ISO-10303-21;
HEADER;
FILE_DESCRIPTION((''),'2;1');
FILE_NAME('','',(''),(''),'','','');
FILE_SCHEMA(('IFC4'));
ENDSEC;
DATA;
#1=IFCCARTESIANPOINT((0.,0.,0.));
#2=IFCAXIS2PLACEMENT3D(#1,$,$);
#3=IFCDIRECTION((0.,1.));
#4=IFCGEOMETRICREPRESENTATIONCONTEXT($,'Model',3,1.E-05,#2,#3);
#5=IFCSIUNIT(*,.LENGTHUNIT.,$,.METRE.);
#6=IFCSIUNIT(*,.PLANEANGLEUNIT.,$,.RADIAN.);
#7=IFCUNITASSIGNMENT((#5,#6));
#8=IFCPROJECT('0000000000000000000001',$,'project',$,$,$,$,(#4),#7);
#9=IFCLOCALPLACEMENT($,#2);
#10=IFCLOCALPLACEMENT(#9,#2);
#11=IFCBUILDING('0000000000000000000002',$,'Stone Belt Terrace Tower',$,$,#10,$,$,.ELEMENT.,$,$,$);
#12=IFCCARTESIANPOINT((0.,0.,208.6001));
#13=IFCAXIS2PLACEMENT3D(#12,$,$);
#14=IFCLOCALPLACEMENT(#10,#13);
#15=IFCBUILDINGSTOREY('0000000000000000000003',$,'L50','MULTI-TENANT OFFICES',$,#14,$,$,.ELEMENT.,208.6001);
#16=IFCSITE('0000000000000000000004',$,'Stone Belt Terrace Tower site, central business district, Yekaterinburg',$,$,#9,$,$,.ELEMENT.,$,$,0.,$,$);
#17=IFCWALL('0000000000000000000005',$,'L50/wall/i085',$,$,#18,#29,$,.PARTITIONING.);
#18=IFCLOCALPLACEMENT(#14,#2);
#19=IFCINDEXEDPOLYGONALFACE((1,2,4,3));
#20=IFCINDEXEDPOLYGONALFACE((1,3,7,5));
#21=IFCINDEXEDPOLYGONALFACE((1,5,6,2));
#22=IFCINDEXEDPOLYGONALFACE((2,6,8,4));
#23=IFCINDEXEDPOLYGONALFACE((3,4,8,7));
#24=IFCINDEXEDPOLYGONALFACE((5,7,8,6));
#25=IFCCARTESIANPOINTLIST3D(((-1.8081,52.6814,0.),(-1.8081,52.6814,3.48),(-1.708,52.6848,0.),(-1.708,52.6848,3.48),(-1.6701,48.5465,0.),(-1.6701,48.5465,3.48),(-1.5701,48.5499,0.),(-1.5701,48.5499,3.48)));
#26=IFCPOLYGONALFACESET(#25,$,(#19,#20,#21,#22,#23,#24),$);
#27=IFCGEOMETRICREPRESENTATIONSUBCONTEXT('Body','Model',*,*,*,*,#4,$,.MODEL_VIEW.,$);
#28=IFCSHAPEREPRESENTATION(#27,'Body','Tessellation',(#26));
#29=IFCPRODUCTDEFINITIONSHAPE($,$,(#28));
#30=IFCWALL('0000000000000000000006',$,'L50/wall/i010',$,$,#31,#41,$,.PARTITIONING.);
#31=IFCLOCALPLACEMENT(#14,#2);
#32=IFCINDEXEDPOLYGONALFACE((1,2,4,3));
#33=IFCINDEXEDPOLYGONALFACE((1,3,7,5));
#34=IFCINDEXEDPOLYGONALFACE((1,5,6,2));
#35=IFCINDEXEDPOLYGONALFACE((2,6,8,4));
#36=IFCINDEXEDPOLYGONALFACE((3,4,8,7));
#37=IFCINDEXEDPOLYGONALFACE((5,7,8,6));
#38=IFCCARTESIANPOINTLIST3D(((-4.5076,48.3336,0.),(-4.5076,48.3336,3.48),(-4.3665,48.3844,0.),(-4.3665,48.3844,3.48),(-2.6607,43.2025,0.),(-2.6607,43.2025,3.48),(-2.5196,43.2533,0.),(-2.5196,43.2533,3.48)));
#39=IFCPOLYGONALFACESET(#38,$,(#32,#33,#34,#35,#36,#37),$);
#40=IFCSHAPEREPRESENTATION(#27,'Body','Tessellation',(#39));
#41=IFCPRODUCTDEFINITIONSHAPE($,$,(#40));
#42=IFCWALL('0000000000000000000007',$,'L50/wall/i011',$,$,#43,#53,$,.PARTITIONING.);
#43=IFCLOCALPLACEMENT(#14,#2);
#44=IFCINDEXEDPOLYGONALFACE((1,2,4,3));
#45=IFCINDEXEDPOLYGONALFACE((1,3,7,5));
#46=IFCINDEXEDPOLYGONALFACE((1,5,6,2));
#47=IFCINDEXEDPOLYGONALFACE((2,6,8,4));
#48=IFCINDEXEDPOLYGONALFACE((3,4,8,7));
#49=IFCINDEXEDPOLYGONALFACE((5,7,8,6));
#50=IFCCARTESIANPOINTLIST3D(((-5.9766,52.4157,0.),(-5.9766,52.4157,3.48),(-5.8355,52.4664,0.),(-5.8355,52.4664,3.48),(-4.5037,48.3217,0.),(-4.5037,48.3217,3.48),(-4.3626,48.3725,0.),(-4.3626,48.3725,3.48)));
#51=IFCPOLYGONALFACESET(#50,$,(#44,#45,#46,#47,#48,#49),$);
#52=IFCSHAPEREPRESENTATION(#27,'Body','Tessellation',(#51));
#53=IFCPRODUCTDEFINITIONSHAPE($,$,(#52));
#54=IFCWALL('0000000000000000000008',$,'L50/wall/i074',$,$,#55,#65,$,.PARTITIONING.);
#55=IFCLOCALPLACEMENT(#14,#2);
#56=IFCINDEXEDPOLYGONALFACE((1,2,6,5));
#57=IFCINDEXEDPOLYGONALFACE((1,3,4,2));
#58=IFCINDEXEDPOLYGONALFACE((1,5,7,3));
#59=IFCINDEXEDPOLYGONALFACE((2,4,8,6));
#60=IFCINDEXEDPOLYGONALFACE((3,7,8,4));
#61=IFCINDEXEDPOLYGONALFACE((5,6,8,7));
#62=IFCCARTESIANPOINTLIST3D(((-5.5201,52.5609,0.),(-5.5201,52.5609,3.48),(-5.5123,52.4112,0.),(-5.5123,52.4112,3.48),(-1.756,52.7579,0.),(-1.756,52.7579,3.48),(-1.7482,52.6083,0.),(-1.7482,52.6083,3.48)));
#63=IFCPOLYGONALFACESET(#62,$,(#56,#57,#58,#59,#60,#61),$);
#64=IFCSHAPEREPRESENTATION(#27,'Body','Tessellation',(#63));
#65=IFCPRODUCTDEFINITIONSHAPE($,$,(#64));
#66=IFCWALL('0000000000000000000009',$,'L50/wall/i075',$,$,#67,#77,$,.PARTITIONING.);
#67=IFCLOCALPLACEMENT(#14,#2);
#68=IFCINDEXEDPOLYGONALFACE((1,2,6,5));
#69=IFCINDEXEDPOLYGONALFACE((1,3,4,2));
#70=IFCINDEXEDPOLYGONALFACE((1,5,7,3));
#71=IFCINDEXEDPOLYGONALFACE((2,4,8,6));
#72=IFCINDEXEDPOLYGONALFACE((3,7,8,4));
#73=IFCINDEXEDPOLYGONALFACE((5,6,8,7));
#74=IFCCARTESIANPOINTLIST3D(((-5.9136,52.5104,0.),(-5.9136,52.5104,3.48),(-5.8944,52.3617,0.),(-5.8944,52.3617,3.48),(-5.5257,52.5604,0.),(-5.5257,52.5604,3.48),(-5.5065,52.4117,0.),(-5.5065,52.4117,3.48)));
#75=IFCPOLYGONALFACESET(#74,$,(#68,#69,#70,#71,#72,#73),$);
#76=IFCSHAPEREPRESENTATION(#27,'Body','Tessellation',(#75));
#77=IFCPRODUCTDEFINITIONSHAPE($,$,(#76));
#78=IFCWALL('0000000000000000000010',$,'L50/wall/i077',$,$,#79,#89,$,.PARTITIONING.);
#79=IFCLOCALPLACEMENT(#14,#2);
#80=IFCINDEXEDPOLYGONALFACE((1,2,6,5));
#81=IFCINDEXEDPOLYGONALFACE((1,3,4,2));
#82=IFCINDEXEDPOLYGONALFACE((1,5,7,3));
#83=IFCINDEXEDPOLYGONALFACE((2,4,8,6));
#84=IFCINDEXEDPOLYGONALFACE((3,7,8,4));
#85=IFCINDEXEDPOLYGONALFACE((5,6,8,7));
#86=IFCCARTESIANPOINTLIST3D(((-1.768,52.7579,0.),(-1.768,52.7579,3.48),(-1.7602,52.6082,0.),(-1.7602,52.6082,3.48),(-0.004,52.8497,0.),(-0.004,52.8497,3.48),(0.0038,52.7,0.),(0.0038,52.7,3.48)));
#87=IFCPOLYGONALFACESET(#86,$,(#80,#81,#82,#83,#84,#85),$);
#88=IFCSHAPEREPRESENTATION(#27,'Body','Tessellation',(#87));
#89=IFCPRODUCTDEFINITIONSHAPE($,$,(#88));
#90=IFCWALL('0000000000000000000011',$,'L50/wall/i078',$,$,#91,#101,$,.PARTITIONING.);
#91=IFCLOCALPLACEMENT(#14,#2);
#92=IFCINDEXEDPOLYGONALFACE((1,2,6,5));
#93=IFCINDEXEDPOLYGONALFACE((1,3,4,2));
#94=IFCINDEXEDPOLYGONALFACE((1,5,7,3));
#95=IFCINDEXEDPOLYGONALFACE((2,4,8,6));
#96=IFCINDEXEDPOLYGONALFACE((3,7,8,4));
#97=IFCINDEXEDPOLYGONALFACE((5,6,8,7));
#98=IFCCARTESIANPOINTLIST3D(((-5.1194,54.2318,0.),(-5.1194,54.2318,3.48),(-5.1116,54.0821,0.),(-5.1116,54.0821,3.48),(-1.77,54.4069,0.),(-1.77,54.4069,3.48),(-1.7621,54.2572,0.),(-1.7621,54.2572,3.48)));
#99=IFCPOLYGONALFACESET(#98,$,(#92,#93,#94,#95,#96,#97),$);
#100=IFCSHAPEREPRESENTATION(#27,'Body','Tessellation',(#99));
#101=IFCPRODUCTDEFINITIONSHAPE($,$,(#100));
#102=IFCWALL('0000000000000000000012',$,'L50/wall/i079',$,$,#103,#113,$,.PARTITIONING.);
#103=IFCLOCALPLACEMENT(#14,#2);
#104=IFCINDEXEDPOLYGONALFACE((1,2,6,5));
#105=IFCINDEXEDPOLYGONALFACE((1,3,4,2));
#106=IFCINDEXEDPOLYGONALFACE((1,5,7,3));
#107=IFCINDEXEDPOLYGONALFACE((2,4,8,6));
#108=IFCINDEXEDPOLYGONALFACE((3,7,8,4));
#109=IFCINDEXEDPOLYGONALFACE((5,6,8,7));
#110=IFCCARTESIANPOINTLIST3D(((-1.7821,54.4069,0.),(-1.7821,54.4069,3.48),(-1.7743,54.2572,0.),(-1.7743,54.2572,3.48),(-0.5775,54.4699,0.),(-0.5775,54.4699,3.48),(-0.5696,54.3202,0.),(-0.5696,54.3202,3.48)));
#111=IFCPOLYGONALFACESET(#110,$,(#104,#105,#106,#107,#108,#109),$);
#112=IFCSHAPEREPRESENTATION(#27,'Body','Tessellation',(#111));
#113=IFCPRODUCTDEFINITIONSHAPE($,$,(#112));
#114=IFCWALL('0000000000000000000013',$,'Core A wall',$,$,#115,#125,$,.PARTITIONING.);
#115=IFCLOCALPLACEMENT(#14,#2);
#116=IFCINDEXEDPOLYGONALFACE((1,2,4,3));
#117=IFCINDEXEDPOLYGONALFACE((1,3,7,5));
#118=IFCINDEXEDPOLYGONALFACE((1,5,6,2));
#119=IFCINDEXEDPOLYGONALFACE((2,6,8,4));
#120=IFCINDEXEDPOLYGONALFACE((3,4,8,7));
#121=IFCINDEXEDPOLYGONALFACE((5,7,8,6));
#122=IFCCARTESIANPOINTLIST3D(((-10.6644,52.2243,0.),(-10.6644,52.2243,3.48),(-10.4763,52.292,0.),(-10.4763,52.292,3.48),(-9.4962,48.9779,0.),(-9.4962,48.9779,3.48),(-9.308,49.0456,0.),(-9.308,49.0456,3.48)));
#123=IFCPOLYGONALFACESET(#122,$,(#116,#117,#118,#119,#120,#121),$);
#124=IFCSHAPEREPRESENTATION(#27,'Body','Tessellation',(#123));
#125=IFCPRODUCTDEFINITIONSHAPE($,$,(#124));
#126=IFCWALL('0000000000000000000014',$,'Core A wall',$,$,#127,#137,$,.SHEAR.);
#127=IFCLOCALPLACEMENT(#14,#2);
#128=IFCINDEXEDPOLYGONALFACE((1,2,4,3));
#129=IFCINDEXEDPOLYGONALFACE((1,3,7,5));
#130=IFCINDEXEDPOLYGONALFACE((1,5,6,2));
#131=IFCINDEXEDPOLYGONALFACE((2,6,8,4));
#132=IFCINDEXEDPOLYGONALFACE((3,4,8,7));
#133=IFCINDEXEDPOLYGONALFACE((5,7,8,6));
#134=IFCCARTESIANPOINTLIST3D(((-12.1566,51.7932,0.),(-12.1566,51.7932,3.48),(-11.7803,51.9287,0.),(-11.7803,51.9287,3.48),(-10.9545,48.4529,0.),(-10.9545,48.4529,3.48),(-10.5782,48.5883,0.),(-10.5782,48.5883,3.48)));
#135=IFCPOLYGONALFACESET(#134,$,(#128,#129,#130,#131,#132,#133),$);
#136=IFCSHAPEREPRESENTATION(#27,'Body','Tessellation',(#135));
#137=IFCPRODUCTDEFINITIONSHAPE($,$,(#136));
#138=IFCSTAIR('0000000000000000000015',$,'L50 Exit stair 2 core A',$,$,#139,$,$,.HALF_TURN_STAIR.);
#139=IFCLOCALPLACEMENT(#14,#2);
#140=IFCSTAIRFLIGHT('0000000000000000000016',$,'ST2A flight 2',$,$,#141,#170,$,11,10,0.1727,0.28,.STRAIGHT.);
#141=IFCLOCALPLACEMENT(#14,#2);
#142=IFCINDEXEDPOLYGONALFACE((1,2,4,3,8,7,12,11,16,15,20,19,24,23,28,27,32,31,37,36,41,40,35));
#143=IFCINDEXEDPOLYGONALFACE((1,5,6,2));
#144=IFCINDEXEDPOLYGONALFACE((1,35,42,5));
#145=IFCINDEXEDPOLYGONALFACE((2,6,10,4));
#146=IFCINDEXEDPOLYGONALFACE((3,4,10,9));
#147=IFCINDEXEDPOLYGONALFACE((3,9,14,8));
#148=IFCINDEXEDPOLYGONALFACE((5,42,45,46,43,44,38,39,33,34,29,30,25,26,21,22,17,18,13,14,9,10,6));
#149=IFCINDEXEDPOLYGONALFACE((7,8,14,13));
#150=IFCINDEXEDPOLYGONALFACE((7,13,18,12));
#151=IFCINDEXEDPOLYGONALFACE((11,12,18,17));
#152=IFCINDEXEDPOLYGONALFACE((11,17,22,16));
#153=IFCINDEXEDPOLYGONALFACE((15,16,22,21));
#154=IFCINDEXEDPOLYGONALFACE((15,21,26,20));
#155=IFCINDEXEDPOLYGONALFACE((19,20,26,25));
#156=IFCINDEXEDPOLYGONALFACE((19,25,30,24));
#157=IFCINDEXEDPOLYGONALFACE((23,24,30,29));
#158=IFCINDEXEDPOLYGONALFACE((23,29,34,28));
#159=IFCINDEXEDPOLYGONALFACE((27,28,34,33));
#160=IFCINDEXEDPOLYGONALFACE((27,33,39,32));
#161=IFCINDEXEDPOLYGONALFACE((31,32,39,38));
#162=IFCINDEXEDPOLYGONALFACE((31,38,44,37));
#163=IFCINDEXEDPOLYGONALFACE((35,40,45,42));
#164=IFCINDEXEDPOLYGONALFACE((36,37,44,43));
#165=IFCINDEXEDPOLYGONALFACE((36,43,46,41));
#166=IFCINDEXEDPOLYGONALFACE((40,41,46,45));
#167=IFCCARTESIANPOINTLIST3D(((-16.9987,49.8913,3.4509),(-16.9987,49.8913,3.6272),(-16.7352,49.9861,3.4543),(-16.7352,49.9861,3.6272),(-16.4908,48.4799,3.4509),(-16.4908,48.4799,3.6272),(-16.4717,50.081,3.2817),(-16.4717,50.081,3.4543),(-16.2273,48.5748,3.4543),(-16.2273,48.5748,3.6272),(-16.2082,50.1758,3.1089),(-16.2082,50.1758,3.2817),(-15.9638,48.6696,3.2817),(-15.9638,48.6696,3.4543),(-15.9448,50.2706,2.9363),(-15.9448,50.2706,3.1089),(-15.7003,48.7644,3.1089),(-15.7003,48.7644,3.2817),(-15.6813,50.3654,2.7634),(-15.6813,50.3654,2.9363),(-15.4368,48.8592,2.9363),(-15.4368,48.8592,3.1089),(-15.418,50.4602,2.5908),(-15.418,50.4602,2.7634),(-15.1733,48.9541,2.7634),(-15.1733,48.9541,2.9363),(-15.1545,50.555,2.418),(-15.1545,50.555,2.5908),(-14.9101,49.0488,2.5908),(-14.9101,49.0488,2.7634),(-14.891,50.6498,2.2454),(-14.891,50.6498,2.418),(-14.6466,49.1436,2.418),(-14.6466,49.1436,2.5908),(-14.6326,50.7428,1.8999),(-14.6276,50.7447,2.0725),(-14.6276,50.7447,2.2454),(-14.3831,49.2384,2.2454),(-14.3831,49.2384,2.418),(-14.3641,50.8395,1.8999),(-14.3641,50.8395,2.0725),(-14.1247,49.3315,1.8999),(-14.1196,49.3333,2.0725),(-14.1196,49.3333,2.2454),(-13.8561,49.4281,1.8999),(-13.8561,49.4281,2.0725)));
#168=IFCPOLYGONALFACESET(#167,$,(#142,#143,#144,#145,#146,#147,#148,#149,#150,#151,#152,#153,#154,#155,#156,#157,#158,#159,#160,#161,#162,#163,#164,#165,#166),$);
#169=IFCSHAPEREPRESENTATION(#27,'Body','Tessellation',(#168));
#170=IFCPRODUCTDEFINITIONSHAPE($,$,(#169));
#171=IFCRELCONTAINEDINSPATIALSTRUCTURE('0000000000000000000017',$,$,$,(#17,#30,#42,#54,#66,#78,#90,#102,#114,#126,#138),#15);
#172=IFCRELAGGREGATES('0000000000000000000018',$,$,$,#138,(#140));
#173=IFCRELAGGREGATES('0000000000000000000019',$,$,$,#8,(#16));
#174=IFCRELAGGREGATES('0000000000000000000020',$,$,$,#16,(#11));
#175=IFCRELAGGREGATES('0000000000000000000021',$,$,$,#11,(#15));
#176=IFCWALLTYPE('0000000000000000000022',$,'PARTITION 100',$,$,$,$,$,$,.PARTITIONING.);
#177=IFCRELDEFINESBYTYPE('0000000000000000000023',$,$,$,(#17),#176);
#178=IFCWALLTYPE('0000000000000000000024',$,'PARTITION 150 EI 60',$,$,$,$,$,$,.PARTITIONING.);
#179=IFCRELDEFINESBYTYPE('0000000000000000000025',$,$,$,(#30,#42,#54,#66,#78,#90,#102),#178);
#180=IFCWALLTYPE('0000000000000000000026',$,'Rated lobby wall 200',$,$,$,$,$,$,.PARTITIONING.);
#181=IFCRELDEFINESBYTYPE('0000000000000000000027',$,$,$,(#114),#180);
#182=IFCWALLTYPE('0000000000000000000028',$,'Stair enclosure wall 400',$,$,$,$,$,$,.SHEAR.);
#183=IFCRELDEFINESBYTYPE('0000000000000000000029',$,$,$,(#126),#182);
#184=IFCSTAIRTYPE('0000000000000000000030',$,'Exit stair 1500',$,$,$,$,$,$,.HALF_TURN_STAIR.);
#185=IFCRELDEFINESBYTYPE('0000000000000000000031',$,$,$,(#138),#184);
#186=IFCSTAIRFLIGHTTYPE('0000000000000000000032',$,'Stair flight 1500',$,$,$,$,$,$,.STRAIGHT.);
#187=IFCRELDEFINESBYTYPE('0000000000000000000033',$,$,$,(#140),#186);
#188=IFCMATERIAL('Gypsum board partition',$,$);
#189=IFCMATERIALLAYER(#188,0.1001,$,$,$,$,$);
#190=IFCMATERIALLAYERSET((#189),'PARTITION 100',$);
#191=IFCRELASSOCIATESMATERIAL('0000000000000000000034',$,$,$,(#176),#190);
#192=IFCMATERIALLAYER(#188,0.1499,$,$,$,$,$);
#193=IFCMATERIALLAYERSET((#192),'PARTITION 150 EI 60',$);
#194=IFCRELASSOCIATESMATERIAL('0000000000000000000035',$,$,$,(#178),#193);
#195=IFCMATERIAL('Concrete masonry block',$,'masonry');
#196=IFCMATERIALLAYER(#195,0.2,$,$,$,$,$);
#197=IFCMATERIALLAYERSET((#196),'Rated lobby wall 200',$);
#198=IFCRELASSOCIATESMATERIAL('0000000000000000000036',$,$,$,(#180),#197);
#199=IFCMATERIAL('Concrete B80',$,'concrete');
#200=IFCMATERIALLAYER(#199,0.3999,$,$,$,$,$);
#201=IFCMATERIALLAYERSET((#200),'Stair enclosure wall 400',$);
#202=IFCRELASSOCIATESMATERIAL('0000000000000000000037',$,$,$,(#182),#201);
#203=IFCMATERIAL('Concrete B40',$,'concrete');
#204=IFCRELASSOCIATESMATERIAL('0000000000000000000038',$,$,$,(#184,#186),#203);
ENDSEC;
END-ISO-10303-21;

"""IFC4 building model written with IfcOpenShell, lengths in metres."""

from ifc_helpers import new_model, si_unit, direction, frame, frame_2d, origin, place, context, subcontext, project, spatial, polyline, rectangle, outline, extrude, material, layer, layer_set, type_object, element, aggregate, save


model = new_model("IFC4")

# Units and contexts
model_context = context("Model", 3, precision=1e-05, world=origin(), true_north=direction((0.0, 1.0)))
body_context = subcontext(model_context, "Body", "Model", "MODEL_VIEW")
ifc_project = project(units=[si_unit("LENGTHUNIT", "METRE"), si_unit("PLANEANGLEUNIT", "RADIAN")], contexts=[model_context])

# Site, building, storey
site_placement = place(None, origin())
site = spatial("IfcSite", under=ifc_project, at=site_placement, Name="Stone Belt Terrace Tower site, central business district, Yekaterinburg", CompositionType="ELEMENT", RefElevation=0.0)
building_placement = place(site_placement, origin())
building = spatial("IfcBuilding", under=site, at=building_placement, Name="Stone Belt Terrace Tower", CompositionType="ELEMENT")
storey_placement = place(building_placement, frame((0.0, 0.0, 208.6001)))
storey = spatial("IfcBuildingStorey", under=building, at=storey_placement, Name="L50", Description="MULTI-TENANT OFFICES", CompositionType="ELEMENT", Elevation=208.6001)

# Shared definitions
ifc_material_1 = material(Name="Concrete B80", Category="concrete")

# Shared definitions
ifc_material_2 = material(Name="Gypsum board partition")
ifc_layer_1 = layer(ifc_material_2, 0.1001)
ifc_layer_set_1 = layer_set([ifc_layer_1], Name="PARTITION 100")
wall_type_1 = type_object("IfcWallType", Name="PARTITION 100", PredefinedType="PARTITIONING", material=ifc_layer_set_1)

# Walls
wall_1_placement = place(storey_placement, frame((-1.7581, 52.6831, 0.0), z_axis=(0.0, 0.0, 1.0), x_axis=(0.03334, -0.999444, 0.0)))
element("IfcWall", 1, at=wall_1_placement, inside=storey, type_object=wall_type_1, Name="L50/wall/i085", PredefinedType="PARTITIONING", context=body_context, shape_type="SweptSolid", body=[
    extrude(rectangle(XDim=4.1372, YDim=0.1001, at=frame_2d((2.0686, 0.0))), origin(), (0.0, 0.0, 1.0), 3.48),
])
ifc_layer_2 = layer(ifc_material_2, 0.1499)
ifc_layer_set_2 = layer_set([ifc_layer_2], Name="PARTITION 150 EI 60")
wall_type_2 = type_object("IfcWallType", Name="PARTITION 150 EI 60", PredefinedType="PARTITIONING", material=ifc_layer_set_2)
wall_2_placement = place(storey_placement, frame((-4.437, 48.3589, 0.0), z_axis=(0.0, 0.0, 1.0), x_axis=(0.338675, -0.940903, 0.0)))
element("IfcWall", 2, at=wall_2_placement, inside=storey, type_object=wall_type_2, Name="L50/wall/i010", PredefinedType="PARTITIONING", context=body_context, shape_type="SweptSolid", body=[
    extrude(rectangle(XDim=5.4534, YDim=0.1499, at=frame_2d((2.7266, 0.0))), origin(), (0.0, 0.0, 1.0), 3.48),
])
wall_3_placement = place(storey_placement, frame((-5.906, 52.4409, 0.0), z_axis=(0.0, 0.0, 1.0), x_axis=(0.338529, -0.940956, 0.0)))
element("IfcWall", 3, at=wall_3_placement, inside=storey, type_object=wall_type_2, Name="L50/wall/i011", PredefinedType="PARTITIONING", context=body_context, shape_type="SweptSolid", body=[
    extrude(rectangle(XDim=4.3508, YDim=0.1499, at=frame_2d((2.1753, 0.0))), origin(), (0.0, 0.0, 1.0), 3.48),
])
wall_4_placement = place(storey_placement, frame((-1.752, 52.6831, 0.0), z_axis=(0.0, 0.0, 1.0), x_axis=(-0.998633, -0.05227, 0.0)))
element("IfcWall", 4, at=wall_4_placement, inside=storey, type_object=wall_type_2, Name="L50/wall/i074", PredefinedType="PARTITIONING", context=body_context, shape_type="SweptSolid", body=[
    extrude(rectangle(XDim=3.7693, YDim=0.1499, at=frame_2d((1.8848, 0.0))), origin(), (0.0, 0.0, 1.0), 3.48),
])
wall_5_placement = place(storey_placement, frame((-5.5161, 52.4861, 0.0), z_axis=(0.0, 0.0, 1.0), x_axis=(-0.99178, -0.127952, 0.0)))
element("IfcWall", 5, at=wall_5_placement, inside=storey, type_object=wall_type_2, Name="L50/wall/i075", PredefinedType="PARTITIONING", context=body_context, shape_type="SweptSolid", body=[
    extrude(rectangle(XDim=0.3911, YDim=0.1499, at=frame_2d((0.1956, 0.0))), origin(), (0.0, 0.0, 1.0), 3.48),
])
wall_6_placement = place(storey_placement, frame((0.0, 52.7749, 0.0), z_axis=(0.0, 0.0, 1.0), x_axis=(-0.998649, -0.051971, 0.0)))
element("IfcWall", 6, at=wall_6_placement, inside=storey, type_object=wall_type_2, Name="L50/wall/i077", PredefinedType="PARTITIONING", context=body_context, shape_type="SweptSolid", body=[
    extrude(rectangle(XDim=1.7664, YDim=0.1499, at=frame_2d((0.8833, 0.0))), origin(), (0.0, 0.0, 1.0), 3.48),
])
wall_7_placement = place(storey_placement, frame((-5.1155, 54.157, 0.0), z_axis=(0.0, 0.0, 1.0), x_axis=(0.998637, 0.052192, 0.0)))
element("IfcWall", 7, at=wall_7_placement, inside=storey, type_object=wall_type_2, Name="L50/wall/i078", PredefinedType="PARTITIONING", context=body_context, shape_type="SweptSolid", body=[
    extrude(rectangle(XDim=3.354, YDim=0.1499, at=frame_2d((1.677, 0.0))), origin(), (0.0, 0.0, 1.0), 3.48),
])
wall_8_placement = place(storey_placement, frame((-1.7781, 54.332, 0.0), z_axis=(0.0, 0.0, 1.0), x_axis=(0.998636, 0.052219, 0.0)))
element("IfcWall", 8, at=wall_8_placement, inside=storey, type_object=wall_type_2, Name="L50/wall/i079", PredefinedType="PARTITIONING", context=body_context, shape_type="SweptSolid", body=[
    extrude(rectangle(XDim=1.2063, YDim=0.1499, at=frame_2d((0.603, 0.0))), origin(), (0.0, 0.0, 1.0), 3.48),
])
ifc_material_3 = material(Name="Concrete masonry block", Category="masonry")
ifc_layer_3 = layer(ifc_material_3, 0.2)
ifc_layer_set_3 = layer_set([ifc_layer_3], Name="Rated lobby wall 200")
wall_type_3 = type_object("IfcWallType", Name="Rated lobby wall 200", PredefinedType="PARTITIONING", material=ifc_layer_set_3)
wall_9_placement = place(storey_placement, frame((-9.4021, 49.0117, 0.0), z_axis=(0.0, 0.0, 1.0), x_axis=(-0.338599, 0.940931, 0.0)))
element("IfcWall", 9, at=wall_9_placement, inside=storey, type_object=wall_type_3, Name="Core A wall", PredefinedType="PARTITIONING", context=body_context, shape_type="SweptSolid", body=[
    extrude(rectangle(XDim=3.4502, YDim=0.2, at=frame_2d((1.7251, 0.0))), origin(), (0.0, 0.0, 1.0), 3.48),
])
ifc_layer_4 = layer(ifc_material_1, 0.3999)
ifc_layer_set_4 = layer_set([ifc_layer_4], Name="Stair enclosure wall 400")
wall_type_4 = type_object("IfcWallType", Name="Stair enclosure wall 400", PredefinedType="SHEAR", material=ifc_layer_set_4)
wall_10_placement = place(storey_placement, frame((-10.7664, 48.5208, 0.0), z_axis=(0.0, 0.0, 1.0), x_axis=(-0.338627, 0.940921, 0.0)))
element("IfcWall", 10, at=wall_10_placement, inside=storey, type_object=wall_type_4, Name="Core A wall", PredefinedType="SHEAR", context=body_context, shape_type="SweptSolid", body=[
    extrude(rectangle(XDim=3.55, YDim=0.3999, at=frame_2d((1.7749, 0.0))), origin(), (0.0, 0.0, 1.0), 3.48),
])

# Stair, stair flight
ifc_material_4 = material(Name="Concrete B40", Category="concrete")
stair_type = type_object("IfcStairType", Name="Exit stair 1500", PredefinedType="HALF_TURN_STAIR", material=ifc_material_4)
stair_placement = place(storey_placement, origin())
stair = element("IfcStair", 11, at=stair_placement, inside=storey, type_object=stair_type, Name="L50 Exit stair 2 core A", PredefinedType="HALF_TURN_STAIR")
stair_flight_type = type_object("IfcStairFlightType", Name="Stair flight 1500", PredefinedType="STRAIGHT", material=ifc_material_4)
stair_flight_placement = place(storey_placement, frame((-14.1101, 50.1338, 1.8999), z_axis=(0.0, 0.0, 1.0), x_axis=(-0.940922, -0.338624, 0.0)))
stair_flight = element("IfcStairFlight", 12, at=stair_flight_placement, type_object=stair_flight_type, Name="ST2A flight 2", NumberOfRisers=11, NumberOfTreads=10, PredefinedType="STRAIGHT", RiserHeight=0.1727, TreadLength=0.28, context=body_context, shape_type="SweptSolid", body=[
    extrude(outline(polyline([(0.0, 0.0), (0.0, 0.1726), (0.28, 0.1726), (0.28, 0.3455), (0.5601, 0.3455), (0.5601, 0.5181), (0.8401, 0.5181), (0.8401, 0.6909), (1.1201, 0.6909), (1.1201, 0.8635), (1.3999, 0.8635), (1.3999, 1.0364), (1.6799, 1.0364), (1.6799, 1.209), (1.96, 1.209), (1.96, 1.3818), (2.24, 1.3818), (2.24, 1.5544), (2.52, 1.5544), (2.52, 1.7273), (2.8, 1.7273), (2.8, 1.8999), (2.8, 1.551), (0.2854, 0.0), (0.0, 0.0)])), frame((0.0, 0.75, 0.0), z_axis=(0.0, -1.0, 0.0), x_axis=(1.0, 0.0, 0.0)), (0.0, 0.0, 1.0), 1.5),
])
aggregate(stair, [stair_flight])

save(model, "model.ifc")
